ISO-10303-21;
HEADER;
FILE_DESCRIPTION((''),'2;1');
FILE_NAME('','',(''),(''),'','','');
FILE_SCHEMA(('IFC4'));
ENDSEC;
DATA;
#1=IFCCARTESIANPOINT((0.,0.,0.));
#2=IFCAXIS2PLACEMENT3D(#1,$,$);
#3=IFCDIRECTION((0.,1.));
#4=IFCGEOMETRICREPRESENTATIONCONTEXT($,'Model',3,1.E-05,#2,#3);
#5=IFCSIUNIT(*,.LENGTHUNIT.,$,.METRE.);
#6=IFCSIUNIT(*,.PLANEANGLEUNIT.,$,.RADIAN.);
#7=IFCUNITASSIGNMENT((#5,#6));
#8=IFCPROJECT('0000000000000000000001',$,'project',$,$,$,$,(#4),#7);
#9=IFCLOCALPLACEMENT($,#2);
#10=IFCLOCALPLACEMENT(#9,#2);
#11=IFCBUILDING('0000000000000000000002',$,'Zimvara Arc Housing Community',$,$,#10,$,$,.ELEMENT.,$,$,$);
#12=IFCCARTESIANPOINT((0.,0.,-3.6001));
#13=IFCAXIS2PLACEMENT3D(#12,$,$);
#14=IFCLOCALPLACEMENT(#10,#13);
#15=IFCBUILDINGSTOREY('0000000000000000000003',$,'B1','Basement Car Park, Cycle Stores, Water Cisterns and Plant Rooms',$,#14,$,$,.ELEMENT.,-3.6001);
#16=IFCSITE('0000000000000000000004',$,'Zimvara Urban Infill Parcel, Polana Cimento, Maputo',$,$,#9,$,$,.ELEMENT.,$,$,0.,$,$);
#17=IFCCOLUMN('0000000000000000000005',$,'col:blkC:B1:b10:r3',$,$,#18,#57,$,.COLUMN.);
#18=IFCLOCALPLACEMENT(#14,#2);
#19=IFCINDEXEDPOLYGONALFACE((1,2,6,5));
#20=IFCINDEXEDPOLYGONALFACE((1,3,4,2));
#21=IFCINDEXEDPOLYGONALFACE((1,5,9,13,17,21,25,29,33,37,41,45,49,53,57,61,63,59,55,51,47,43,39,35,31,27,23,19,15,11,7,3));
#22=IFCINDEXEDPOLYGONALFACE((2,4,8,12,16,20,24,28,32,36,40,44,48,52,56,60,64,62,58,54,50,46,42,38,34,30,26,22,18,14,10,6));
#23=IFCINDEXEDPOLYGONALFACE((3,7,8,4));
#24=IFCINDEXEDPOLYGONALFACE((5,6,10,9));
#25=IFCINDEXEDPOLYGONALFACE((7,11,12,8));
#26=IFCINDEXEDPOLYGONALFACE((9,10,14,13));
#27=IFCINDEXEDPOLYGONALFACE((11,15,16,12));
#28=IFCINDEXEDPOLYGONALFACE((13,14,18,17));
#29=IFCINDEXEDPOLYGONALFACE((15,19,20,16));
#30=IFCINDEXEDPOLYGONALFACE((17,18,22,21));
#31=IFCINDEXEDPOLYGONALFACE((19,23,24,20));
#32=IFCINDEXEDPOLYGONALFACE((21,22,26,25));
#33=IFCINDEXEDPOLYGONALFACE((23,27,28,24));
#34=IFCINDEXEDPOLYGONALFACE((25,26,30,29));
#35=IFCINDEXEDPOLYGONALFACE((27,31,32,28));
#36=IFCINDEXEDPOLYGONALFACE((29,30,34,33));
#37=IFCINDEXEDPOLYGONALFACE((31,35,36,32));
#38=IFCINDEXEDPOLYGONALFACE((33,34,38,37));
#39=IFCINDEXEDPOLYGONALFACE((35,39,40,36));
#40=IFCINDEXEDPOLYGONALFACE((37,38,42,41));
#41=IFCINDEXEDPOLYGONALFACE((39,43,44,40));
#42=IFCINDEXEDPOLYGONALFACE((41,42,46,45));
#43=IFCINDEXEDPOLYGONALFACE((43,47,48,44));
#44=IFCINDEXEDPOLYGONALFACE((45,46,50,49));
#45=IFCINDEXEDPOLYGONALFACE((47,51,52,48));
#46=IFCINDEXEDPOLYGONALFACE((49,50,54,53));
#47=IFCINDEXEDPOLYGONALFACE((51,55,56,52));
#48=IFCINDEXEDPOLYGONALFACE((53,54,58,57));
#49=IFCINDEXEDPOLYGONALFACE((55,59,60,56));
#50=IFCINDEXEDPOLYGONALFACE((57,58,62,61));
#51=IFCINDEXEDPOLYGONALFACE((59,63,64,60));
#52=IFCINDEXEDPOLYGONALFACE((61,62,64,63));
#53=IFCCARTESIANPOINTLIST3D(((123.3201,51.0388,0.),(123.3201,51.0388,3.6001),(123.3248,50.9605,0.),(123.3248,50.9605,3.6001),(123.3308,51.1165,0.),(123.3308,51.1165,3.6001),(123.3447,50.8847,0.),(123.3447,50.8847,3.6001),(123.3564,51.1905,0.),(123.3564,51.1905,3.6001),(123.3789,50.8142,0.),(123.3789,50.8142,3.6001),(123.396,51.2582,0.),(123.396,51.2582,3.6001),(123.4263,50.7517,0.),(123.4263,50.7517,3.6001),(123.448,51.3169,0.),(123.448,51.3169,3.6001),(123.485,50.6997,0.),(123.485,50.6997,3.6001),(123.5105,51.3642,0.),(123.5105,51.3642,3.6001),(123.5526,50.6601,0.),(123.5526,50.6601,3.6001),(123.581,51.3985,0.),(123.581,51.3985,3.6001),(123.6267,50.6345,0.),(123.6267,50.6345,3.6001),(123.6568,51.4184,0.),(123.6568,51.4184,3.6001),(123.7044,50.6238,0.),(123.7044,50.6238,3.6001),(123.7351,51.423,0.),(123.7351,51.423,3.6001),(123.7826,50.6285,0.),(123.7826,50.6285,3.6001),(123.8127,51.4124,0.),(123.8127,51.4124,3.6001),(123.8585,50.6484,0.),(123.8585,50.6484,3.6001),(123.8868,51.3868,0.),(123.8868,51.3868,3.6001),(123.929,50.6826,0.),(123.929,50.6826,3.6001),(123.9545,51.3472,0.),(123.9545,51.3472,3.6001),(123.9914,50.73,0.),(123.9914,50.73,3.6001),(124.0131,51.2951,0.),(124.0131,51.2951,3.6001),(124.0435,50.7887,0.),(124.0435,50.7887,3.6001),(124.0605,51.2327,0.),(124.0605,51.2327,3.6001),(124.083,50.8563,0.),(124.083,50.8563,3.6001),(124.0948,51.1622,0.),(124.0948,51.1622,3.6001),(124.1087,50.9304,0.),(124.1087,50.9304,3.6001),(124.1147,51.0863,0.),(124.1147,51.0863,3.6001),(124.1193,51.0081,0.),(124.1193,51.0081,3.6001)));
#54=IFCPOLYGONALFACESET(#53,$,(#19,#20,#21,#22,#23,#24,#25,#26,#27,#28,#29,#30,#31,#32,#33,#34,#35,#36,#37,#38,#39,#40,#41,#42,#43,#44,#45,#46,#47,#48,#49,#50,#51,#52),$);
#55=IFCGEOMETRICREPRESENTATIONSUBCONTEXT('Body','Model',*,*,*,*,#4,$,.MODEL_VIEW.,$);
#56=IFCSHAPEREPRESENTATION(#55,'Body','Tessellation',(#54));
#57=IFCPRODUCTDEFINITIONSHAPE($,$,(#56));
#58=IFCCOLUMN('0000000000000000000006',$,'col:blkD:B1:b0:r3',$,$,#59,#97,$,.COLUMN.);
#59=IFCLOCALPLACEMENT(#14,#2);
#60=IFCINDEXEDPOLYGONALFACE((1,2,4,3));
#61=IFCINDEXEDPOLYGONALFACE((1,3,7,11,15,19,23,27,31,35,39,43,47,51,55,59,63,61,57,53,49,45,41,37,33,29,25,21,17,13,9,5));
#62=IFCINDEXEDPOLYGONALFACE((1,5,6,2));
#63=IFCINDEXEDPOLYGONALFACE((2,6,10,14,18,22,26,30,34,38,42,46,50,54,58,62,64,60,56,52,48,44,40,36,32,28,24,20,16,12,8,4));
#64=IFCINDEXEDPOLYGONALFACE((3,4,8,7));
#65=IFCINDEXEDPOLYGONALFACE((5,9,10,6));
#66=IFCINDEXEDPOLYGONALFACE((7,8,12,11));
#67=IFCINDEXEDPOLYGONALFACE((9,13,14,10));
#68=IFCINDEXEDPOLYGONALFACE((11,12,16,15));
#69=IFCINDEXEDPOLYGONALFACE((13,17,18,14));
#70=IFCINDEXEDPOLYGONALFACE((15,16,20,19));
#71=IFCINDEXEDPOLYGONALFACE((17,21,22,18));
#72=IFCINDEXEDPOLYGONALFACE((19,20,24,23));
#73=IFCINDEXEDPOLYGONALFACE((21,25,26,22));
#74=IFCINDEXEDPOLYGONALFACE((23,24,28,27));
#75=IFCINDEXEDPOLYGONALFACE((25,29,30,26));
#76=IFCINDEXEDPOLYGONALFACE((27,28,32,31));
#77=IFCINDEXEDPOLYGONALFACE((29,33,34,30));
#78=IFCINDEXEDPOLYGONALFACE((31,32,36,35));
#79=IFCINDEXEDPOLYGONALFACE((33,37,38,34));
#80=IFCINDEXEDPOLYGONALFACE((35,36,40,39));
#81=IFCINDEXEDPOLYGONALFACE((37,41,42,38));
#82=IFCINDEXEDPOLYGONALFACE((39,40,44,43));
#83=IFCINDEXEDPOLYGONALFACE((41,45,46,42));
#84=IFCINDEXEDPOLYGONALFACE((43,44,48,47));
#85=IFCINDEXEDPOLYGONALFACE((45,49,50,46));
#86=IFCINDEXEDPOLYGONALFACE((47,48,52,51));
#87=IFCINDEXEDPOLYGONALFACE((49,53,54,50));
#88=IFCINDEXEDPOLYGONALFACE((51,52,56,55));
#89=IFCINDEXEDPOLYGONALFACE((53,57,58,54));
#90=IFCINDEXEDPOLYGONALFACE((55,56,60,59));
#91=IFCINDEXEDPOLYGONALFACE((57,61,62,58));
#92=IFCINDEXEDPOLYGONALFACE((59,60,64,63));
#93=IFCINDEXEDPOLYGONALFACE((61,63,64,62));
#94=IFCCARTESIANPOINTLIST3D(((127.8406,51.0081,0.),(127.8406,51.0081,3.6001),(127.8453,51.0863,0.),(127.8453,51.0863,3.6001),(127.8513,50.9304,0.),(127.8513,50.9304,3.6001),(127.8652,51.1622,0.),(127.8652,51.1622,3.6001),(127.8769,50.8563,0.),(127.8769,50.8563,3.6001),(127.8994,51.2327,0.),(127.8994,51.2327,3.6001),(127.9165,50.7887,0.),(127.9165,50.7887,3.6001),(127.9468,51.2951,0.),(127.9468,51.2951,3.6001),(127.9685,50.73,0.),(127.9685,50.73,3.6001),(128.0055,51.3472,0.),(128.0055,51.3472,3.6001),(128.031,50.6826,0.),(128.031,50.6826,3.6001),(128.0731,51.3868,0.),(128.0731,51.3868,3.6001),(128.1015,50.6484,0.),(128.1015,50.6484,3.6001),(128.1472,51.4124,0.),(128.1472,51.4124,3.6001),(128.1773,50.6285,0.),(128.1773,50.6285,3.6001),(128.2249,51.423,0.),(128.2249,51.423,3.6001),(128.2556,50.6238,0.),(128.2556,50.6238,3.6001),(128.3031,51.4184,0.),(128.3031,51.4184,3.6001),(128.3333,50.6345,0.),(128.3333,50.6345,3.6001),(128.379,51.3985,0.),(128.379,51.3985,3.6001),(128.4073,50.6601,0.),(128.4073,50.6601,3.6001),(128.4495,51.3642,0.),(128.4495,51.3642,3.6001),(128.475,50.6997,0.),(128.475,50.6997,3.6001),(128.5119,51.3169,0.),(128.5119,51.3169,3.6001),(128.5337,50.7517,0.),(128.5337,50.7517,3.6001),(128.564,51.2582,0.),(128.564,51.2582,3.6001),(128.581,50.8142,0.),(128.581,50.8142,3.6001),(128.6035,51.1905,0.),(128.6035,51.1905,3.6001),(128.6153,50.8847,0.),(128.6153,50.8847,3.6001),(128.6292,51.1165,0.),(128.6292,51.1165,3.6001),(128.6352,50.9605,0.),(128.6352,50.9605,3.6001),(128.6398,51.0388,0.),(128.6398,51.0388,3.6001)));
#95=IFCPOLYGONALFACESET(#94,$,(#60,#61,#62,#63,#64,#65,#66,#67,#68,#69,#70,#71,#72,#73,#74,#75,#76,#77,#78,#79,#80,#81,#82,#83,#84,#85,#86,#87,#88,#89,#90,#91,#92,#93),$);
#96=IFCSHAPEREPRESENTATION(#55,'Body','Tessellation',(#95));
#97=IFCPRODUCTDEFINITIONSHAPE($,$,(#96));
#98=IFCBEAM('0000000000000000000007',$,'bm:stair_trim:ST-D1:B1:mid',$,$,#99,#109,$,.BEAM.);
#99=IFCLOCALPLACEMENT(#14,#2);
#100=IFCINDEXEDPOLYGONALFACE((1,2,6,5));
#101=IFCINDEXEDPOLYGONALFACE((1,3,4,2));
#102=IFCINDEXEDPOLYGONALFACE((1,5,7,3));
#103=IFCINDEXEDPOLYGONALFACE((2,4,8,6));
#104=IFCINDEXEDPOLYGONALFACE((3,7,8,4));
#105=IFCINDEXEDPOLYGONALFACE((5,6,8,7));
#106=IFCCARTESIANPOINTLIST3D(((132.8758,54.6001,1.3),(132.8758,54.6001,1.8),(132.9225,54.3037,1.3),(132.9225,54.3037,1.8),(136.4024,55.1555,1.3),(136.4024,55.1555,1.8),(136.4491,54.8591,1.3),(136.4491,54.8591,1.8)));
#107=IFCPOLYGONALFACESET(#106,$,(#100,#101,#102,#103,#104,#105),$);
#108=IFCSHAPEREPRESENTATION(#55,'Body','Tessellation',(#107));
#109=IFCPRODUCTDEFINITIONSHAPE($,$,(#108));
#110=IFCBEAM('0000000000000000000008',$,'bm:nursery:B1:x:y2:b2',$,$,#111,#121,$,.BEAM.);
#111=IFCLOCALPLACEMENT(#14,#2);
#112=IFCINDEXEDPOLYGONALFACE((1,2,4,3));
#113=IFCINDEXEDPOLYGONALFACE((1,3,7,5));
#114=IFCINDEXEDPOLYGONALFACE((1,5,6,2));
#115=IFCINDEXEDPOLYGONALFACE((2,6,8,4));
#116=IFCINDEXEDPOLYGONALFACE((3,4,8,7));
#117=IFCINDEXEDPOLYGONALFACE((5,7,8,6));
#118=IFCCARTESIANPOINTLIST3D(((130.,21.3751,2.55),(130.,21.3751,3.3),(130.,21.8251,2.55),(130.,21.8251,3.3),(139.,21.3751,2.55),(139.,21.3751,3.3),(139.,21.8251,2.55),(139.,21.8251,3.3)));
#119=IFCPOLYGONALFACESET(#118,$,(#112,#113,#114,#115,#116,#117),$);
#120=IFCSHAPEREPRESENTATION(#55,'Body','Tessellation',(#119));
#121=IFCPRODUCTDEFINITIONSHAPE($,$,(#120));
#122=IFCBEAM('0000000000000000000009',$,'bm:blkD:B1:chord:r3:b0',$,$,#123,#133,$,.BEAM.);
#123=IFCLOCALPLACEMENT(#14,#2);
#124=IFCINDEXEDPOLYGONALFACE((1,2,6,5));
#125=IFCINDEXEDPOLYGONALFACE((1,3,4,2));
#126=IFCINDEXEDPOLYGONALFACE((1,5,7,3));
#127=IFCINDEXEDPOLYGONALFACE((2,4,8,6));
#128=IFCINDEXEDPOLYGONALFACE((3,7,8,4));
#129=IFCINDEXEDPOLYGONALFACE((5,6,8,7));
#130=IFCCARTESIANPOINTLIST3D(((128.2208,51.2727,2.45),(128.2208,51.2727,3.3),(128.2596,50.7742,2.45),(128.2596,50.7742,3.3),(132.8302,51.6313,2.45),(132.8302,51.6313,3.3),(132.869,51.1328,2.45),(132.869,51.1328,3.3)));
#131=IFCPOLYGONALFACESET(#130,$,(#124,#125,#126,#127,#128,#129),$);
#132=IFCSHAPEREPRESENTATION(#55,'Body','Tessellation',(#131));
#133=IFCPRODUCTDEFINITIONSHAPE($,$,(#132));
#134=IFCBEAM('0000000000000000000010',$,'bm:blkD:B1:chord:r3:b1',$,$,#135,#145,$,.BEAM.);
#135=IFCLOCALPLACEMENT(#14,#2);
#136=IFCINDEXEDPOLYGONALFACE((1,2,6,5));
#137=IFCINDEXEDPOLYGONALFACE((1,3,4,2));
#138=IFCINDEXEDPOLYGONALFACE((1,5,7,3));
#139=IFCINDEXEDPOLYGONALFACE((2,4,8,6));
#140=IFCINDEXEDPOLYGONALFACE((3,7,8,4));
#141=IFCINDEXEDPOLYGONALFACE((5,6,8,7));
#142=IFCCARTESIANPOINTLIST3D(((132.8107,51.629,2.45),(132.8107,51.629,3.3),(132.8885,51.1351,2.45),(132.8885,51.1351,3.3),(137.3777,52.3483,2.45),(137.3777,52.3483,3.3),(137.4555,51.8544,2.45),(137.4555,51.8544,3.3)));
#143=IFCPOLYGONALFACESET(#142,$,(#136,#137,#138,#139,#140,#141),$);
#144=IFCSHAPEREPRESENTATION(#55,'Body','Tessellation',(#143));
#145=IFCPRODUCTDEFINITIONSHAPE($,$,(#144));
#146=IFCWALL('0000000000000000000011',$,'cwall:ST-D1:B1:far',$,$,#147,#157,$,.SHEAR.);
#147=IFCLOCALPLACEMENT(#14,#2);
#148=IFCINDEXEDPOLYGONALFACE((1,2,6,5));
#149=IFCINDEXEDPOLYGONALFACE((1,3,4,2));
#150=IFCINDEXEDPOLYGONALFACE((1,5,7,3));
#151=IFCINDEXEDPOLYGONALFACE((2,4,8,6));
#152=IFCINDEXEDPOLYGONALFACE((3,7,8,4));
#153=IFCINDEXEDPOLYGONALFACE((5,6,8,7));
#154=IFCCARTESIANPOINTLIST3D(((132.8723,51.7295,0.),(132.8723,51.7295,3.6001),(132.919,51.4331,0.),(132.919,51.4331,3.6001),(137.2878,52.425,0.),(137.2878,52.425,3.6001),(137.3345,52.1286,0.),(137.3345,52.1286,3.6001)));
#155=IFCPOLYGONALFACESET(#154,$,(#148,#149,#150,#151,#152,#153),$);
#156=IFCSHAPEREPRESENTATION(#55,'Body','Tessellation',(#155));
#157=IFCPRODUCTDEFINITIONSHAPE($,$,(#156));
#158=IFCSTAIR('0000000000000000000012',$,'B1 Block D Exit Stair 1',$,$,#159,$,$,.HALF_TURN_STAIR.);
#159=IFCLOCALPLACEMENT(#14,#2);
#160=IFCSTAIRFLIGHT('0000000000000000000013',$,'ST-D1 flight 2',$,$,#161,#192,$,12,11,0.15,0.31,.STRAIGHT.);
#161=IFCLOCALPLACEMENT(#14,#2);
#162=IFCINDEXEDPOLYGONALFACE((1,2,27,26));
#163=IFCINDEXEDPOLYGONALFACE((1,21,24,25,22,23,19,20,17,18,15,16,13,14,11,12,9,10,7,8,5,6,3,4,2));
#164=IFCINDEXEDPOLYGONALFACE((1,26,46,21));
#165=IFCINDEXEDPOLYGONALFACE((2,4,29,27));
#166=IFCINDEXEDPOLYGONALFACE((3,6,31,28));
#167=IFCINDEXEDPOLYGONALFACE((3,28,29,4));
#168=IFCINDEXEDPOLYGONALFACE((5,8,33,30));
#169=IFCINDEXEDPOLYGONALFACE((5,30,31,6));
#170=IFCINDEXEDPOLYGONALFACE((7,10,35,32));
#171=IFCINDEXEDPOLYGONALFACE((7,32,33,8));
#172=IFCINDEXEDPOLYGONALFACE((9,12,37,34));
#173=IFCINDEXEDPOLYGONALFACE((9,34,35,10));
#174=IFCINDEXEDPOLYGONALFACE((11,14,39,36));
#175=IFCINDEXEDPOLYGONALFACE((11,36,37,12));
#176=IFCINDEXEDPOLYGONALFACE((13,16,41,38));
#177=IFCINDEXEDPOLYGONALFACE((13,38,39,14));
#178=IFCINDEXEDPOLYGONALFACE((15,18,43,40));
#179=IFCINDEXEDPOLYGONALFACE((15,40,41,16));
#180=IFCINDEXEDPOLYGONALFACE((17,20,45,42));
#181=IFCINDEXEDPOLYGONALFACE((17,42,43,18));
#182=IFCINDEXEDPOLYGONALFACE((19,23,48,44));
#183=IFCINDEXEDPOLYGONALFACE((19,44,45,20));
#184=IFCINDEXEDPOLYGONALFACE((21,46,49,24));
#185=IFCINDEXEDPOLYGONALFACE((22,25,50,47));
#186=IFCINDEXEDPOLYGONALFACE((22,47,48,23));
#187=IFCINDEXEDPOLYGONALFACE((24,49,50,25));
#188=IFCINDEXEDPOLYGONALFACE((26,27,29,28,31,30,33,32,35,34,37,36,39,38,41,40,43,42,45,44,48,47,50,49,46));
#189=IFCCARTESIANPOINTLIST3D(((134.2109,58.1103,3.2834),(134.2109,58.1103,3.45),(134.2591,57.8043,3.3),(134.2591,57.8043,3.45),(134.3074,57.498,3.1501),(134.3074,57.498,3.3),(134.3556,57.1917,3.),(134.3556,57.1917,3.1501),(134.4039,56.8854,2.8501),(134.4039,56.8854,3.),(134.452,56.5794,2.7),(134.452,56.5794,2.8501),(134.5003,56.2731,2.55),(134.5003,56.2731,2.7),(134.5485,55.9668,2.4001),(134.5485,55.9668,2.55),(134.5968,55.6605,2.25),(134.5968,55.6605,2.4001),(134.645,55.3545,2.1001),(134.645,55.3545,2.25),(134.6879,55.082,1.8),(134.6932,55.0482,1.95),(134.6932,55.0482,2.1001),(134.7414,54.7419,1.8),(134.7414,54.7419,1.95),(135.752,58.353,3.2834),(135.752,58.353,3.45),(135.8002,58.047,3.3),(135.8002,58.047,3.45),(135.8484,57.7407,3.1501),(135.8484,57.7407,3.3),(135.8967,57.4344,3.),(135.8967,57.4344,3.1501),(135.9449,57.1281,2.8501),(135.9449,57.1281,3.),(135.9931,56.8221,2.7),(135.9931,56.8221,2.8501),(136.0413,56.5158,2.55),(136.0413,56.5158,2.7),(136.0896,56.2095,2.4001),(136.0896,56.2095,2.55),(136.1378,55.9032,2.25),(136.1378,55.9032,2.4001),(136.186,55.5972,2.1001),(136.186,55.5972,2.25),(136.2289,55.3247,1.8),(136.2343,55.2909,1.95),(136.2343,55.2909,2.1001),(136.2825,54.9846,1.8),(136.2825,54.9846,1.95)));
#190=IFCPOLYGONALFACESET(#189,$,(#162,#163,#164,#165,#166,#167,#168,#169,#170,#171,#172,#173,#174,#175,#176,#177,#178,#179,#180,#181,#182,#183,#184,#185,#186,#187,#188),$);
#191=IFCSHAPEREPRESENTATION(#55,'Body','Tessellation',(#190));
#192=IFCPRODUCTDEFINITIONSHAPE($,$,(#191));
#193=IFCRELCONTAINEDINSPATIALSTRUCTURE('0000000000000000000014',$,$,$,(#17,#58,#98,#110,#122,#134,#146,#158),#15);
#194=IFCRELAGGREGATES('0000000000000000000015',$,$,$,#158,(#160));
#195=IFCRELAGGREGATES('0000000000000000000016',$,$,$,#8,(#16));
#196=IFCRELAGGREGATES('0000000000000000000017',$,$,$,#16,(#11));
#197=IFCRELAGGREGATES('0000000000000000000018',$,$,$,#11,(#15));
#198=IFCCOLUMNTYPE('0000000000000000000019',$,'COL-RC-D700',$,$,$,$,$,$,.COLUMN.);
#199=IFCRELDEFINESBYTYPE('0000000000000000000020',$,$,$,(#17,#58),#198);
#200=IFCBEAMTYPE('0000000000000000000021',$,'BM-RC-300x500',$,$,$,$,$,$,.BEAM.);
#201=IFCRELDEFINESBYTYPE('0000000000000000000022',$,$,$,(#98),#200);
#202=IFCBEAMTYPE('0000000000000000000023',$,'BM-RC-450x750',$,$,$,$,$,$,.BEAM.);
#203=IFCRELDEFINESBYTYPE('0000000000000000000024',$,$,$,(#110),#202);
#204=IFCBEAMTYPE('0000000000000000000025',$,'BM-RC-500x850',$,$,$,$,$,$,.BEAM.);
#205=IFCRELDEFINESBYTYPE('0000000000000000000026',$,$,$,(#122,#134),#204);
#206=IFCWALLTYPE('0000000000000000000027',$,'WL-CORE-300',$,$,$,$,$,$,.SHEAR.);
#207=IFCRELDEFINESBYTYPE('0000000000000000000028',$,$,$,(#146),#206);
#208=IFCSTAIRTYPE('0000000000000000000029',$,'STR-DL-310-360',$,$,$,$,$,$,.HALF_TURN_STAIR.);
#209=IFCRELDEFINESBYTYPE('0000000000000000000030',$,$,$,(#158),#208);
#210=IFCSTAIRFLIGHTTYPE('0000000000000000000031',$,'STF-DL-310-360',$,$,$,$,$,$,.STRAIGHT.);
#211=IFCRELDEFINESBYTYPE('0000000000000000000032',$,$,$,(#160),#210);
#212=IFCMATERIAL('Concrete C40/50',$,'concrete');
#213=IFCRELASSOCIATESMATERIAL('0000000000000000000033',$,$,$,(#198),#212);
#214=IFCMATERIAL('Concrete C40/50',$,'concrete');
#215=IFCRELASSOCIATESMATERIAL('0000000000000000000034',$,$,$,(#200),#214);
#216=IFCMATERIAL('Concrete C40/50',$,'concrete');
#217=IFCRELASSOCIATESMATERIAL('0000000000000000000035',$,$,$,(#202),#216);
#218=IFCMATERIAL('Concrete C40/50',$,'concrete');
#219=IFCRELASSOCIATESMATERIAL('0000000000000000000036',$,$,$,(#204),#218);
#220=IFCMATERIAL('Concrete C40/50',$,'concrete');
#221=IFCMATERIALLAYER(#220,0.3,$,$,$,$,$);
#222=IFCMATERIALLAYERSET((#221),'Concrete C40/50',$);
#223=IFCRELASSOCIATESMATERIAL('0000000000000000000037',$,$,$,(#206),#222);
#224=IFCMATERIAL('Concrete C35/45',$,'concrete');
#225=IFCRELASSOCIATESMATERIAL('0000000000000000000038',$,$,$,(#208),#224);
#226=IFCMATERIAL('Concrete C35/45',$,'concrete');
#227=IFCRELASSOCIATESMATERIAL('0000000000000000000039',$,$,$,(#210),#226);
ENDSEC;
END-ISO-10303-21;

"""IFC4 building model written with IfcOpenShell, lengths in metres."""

from ifc_helpers import new_model, si_unit, direction, frame, frame_2d, origin, origin_2d, place, context, subcontext, project, spatial, polyline, rectangle, circle, outline, extrude, material, layer, layer_set, material_profile, profile_set, type_object, element, aggregate, save


model = new_model("IFC4")

# Units and contexts
model_context = context("Model", 3, precision=1e-05, world=origin(), true_north=direction((0.0, 1.0)))
body_context = subcontext(model_context, "Body", "Model", "MODEL_VIEW")
ifc_project = project(units=[si_unit("LENGTHUNIT", "METRE"), si_unit("PLANEANGLEUNIT", "RADIAN")], contexts=[model_context])

# Site, building, storey
site_placement = place(None, origin())
site = spatial("IfcSite", under=ifc_project, at=site_placement, Name="Zimvara Urban Infill Parcel, Polana Cimento, Maputo", CompositionType="ELEMENT", RefElevation=0.0)
building_placement = place(site_placement, origin())
building = spatial("IfcBuilding", under=site, at=building_placement, Name="Zimvara Arc Housing Community", CompositionType="ELEMENT")
storey_placement = place(building_placement, frame((0.0, 0.0, -3.6001)))
storey = spatial("IfcBuildingStorey", under=building, at=storey_placement, Name="B1", Description="Basement Car Park, Cycle Stores, Water Cisterns and Plant Rooms", CompositionType="ELEMENT", Elevation=-3.6001)

# Columns
ifc_material_1 = material(Name="Concrete C40/50", Category="concrete")
ifc_material_profile_1 = material_profile(ifc_material_1, circle(Radius=0.3999, at=origin_2d()), Name="RC D800")
ifc_profile_set_1 = profile_set([ifc_material_profile_1], Name="Concrete C40/50")
column_type_1 = type_object("IfcColumnType", Name="COL-RC-D700", PredefinedType="COLUMN", material=ifc_profile_set_1)
for number, where, z_axis, x_axis, name in (
    (1, (123.7197, 51.0234, 0.0), (0.0, 0.0, 1.0), (-0.038388, -0.999263, 0.0), "col:blkC:B1:b10:r3"),
    (2, (128.2402, 51.0234, 0.0), (0.0, 0.0, 1.0), (0.038388, -0.999263, 0.0), "col:blkD:B1:b0:r3"),
):
    element("IfcColumn", number, at=place(storey_placement, frame(where, z_axis=z_axis, x_axis=x_axis)), inside=storey, type_object=column_type_1, Name=name, PredefinedType="COLUMN", context=body_context, shape_type="SweptSolid", body=[
        extrude(circle(Radius=0.3999, at=origin_2d()), origin(), (0.0, 0.0, 1.0), 3.6001),
    ])

# Beams
ifc_material_2 = material(Name="Concrete C40/50", Category="concrete")
ifc_material_profile_2 = material_profile(ifc_material_2, rectangle(XDim=0.3, YDim=0.5, at=origin_2d()), Name="RC 300x500")
ifc_profile_set_2 = profile_set([ifc_material_profile_2], Name="Concrete C40/50")
beam_type_1 = type_object("IfcBeamType", Name="BM-RC-300x500", PredefinedType="BEAM", material=ifc_profile_set_2)
beam_1_placement = place(storey_placement, frame((132.8992, 54.4519, 1.55), z_axis=(0.987824, 0.155576, 0.0), x_axis=(-0.155576, 0.987824, 0.0)))
element("IfcBeam", 3, at=beam_1_placement, inside=storey, type_object=beam_type_1, Name="bm:stair_trim:ST-D1:B1:mid", PredefinedType="BEAM", context=body_context, shape_type="SweptSolid", body=[
    extrude(rectangle(XDim=0.3, YDim=0.5, at=origin_2d()), origin(), (0.0, 0.0, 1.0), 3.5701),
])
ifc_material_3 = material(Name="Concrete C40/50", Category="concrete")
ifc_material_profile_3 = material_profile(ifc_material_3, rectangle(XDim=0.45, YDim=0.75, at=origin_2d()), Name="RC 450x750")
ifc_profile_set_3 = profile_set([ifc_material_profile_3], Name="Concrete C40/50")
beam_type_2 = type_object("IfcBeamType", Name="BM-RC-450x750", PredefinedType="BEAM", material=ifc_profile_set_3)
beam_2_placement = place(storey_placement, frame((130.0, 21.6001, 2.925), z_axis=(1.0, 0.0, 0.0), x_axis=(0.0, 1.0, 0.0)))
element("IfcBeam", 4, at=beam_2_placement, inside=storey, type_object=beam_type_2, Name="bm:nursery:B1:x:y2:b2", PredefinedType="BEAM", context=body_context, shape_type="SweptSolid", body=[
    extrude(rectangle(XDim=0.45, YDim=0.75, at=origin_2d()), origin(), (0.0, 0.0, 1.0), 9.0),
])
ifc_material_4 = material(Name="Concrete C40/50", Category="concrete")
ifc_material_profile_4 = material_profile(ifc_material_4, rectangle(XDim=0.5, YDim=0.8501, at=origin_2d()), Name="RC 500x850")
ifc_profile_set_4 = profile_set([ifc_material_profile_4], Name="Concrete C40/50")
beam_type_3 = type_object("IfcBeamType", Name="BM-RC-500x850", PredefinedType="BEAM", material=ifc_profile_set_4)
for number, where, z_axis, x_axis, name in (
    (5, (128.2402, 51.0234, 2.875), (0.996987, 0.077573, 0.0), (-0.077573, 0.996987, 0.0), "bm:blkD:B1:chord:r3:b0"),
    (6, (132.8496, 51.3821, 2.875), (0.987825, 0.155572, 0.0), (-0.155572, 0.987825, 0.0), "bm:blkD:B1:chord:r3:b1"),
):
    element("IfcBeam", number, at=place(storey_placement, frame(where, z_axis=z_axis, x_axis=x_axis)), inside=storey, type_object=beam_type_3, Name=name, PredefinedType="BEAM", context=body_context, shape_type="SweptSolid", body=[
        extrude(rectangle(XDim=0.5, YDim=0.8501, at=origin_2d()), origin(), (0.0, 0.0, 1.0), 4.6233),
    ])

# Wall
ifc_material_5 = material(Name="Concrete C40/50", Category="concrete")
ifc_layer = layer(ifc_material_5, 0.3)
ifc_layer_set = layer_set([ifc_layer], Name="Concrete C40/50")
wall_type = type_object("IfcWallType", Name="WL-CORE-300", PredefinedType="SHEAR", material=ifc_layer_set)
wall_placement = place(storey_placement, frame((132.8958, 51.5813, 0.0), z_axis=(0.0, 0.0, 1.0), x_axis=(0.987819, 0.155606, 0.0)))
element("IfcWall", 7, at=wall_placement, inside=storey, type_object=wall_type, Name="cwall:ST-D1:B1:far", PredefinedType="SHEAR", context=body_context, shape_type="SweptSolid", body=[
    extrude(rectangle(XDim=4.47, YDim=0.3, at=frame_2d((2.2349, 0.0))), origin(), (0.0, 0.0, 1.0), 3.6001),
])

# Stair, stair flight
ifc_material_6 = material(Name="Concrete C35/45", Category="concrete")
stair_type = type_object("IfcStairType", Name="STR-DL-310-360", PredefinedType="HALF_TURN_STAIR", material=ifc_material_6)
stair_placement = place(storey_placement, origin())
stair = element("IfcStair", 8, at=stair_placement, inside=storey, type_object=stair_type, Name="B1 Block D Exit Stair 1", PredefinedType="HALF_TURN_STAIR")
ifc_material_7 = material(Name="Concrete C35/45", Category="concrete")
stair_flight_type = type_object("IfcStairFlightType", Name="STF-DL-310-360", PredefinedType="STRAIGHT", material=ifc_material_7)
stair_flight_placement = place(storey_placement, frame((135.512, 54.8633, 1.8), z_axis=(0.0, 0.0, 1.0), x_axis=(-0.155572, 0.987824, 0.0)))
stair_flight = element("IfcStairFlight", 9, at=stair_flight_placement, type_object=stair_flight_type, Name="ST-D1 flight 2", NumberOfRisers=12, NumberOfTreads=11, PredefinedType="STRAIGHT", RiserHeight=0.15, TreadLength=0.31, context=body_context, shape_type="SweptSolid", body=[
    extrude(outline(polyline([(0.0, 0.0), (0.0, 0.1499), (0.3101, 0.1499), (0.3101, 0.3), (0.6201, 0.3), (0.6201, 0.45), (0.9299, 0.45), (0.9299, 0.6001), (1.24, 0.6001), (1.24, 0.75), (1.55, 0.75), (1.55, 0.8999), (1.8601, 0.8999), (1.8601, 1.05), (2.1699, 1.05), (2.1699, 1.2), (2.48, 1.2), (2.48, 1.3501), (2.79, 1.3501), (2.79, 1.5), (3.1001, 1.5), (3.1001, 1.6499), (3.4099, 1.6499), (3.4099, 1.8), (3.4099, 1.4834), (0.3442, 0.0), (0.0, 0.0)])), frame((0.0, 0.78, 0.0), z_axis=(0.0, -1.0, 0.0), x_axis=(1.0, 0.0, 0.0)), (0.0, 0.0, 1.0), 1.5601),
])
aggregate(stair, [stair_flight])

save(model, "model.ifc")
